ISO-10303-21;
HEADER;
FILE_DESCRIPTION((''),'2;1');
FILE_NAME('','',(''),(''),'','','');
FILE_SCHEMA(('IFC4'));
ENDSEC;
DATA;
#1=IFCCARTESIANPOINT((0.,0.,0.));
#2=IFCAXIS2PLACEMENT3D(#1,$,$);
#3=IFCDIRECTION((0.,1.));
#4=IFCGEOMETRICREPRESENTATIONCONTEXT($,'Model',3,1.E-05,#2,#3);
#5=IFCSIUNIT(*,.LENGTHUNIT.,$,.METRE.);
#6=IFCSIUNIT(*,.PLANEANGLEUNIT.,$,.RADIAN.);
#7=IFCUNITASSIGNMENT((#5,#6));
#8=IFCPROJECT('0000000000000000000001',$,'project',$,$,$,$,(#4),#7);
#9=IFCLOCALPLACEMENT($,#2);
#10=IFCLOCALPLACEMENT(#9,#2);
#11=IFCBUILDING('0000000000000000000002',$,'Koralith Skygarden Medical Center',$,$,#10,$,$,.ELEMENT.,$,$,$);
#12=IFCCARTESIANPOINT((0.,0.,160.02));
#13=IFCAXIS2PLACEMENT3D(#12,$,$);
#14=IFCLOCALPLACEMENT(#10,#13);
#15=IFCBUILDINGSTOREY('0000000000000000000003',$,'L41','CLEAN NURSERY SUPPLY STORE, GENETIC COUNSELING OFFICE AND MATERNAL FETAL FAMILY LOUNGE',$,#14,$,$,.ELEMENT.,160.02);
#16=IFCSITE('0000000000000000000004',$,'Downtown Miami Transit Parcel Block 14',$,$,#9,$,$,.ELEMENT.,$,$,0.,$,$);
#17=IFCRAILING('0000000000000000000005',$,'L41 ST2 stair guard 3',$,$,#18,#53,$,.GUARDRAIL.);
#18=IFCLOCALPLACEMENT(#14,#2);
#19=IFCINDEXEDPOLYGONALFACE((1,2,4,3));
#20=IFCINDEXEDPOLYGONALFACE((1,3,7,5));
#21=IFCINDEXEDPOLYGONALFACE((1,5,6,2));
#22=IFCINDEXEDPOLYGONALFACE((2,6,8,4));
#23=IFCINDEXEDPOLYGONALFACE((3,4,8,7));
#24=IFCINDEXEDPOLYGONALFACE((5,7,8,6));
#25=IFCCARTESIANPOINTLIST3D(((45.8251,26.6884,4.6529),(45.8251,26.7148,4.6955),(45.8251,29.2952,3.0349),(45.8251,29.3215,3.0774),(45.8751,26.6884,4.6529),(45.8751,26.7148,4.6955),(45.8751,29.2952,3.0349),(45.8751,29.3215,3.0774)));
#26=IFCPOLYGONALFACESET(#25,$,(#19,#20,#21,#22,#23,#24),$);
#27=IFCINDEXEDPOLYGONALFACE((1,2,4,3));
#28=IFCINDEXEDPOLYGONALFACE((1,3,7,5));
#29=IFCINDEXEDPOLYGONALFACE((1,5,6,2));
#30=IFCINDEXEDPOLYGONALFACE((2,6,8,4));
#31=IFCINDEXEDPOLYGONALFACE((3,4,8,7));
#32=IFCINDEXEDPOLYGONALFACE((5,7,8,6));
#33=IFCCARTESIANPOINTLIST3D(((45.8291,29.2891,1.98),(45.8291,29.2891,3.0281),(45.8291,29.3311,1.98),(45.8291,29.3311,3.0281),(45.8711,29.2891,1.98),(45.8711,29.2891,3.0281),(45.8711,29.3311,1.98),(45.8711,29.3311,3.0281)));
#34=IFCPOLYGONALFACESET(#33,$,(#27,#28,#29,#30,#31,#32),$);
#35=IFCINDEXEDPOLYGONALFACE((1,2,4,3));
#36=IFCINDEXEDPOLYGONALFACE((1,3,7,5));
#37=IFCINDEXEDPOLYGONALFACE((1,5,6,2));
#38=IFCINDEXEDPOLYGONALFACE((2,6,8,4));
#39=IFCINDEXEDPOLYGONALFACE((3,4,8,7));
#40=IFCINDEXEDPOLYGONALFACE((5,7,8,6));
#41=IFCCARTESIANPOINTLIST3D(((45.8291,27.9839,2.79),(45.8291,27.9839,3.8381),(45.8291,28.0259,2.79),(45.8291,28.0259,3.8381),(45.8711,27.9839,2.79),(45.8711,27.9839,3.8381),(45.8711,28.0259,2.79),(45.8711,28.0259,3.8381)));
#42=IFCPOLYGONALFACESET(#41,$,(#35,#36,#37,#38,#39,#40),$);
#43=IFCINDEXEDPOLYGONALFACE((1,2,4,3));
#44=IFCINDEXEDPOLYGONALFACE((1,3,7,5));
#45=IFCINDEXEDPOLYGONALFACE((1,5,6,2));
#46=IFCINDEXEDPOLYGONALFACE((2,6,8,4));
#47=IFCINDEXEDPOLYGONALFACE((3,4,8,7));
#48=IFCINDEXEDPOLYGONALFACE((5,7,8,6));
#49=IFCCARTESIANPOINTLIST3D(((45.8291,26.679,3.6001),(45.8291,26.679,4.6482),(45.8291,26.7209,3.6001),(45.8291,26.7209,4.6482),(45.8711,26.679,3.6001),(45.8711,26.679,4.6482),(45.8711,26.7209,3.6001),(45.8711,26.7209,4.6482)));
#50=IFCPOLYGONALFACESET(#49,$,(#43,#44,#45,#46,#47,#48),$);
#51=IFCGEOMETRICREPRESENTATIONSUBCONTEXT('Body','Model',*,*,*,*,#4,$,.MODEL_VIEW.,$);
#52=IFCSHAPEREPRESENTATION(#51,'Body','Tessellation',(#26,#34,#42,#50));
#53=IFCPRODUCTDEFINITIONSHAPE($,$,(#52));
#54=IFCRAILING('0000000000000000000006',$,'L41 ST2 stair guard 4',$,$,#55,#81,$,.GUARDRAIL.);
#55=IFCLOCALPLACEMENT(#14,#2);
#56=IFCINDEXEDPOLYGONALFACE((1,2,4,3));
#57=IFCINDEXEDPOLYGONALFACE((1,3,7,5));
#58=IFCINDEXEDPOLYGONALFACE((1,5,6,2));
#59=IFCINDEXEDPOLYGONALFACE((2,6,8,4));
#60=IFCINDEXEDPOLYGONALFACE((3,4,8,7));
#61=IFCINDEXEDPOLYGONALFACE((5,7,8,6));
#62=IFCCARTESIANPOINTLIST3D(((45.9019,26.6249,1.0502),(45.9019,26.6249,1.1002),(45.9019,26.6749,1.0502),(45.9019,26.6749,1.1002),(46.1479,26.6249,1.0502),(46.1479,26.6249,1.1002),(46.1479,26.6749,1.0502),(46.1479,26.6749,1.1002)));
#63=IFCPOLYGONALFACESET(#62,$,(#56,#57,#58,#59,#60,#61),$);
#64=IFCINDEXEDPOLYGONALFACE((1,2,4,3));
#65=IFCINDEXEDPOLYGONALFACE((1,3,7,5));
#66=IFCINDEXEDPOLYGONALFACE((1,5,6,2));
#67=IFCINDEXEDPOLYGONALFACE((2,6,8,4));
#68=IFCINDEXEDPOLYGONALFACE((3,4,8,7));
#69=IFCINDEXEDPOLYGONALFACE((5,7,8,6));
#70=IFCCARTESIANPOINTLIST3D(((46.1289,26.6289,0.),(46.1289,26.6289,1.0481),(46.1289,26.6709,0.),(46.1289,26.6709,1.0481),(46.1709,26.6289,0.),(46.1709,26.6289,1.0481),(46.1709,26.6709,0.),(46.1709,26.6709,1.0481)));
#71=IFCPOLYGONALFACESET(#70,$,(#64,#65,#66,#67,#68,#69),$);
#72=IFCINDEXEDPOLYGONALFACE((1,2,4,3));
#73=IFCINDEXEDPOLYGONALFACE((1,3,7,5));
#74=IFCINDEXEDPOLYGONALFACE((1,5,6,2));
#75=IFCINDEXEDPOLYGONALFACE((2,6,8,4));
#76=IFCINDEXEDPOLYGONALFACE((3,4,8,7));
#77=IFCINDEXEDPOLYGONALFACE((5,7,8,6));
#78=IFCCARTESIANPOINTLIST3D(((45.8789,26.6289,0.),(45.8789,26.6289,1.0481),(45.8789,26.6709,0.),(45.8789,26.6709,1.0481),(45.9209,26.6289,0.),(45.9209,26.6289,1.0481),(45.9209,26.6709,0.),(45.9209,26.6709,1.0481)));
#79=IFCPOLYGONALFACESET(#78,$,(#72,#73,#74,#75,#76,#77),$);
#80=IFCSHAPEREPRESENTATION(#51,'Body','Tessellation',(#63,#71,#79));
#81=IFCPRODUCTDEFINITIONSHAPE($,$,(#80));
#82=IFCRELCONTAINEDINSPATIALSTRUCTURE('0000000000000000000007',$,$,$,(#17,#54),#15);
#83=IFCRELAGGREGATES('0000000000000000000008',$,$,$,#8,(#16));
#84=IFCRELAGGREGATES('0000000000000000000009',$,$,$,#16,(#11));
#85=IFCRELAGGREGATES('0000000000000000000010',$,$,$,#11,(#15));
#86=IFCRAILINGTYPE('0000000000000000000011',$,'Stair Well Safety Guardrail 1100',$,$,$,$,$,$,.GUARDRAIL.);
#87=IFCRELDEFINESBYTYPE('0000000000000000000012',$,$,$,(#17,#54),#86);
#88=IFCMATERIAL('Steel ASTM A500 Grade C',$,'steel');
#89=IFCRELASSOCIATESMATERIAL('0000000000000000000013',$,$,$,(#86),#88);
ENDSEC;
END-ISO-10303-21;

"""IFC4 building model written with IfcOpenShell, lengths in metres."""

from ifc_helpers import new_model, si_unit, direction, frame, origin, origin_2d, place, context, subcontext, project, spatial, rectangle, extrude, material, type_object, element, save


model = new_model("IFC4")

# Units and contexts
model_context = context("Model", 3, precision=1e-05, world=origin(), true_north=direction((0.0, 1.0)))
body_context = subcontext(model_context, "Body", "Model", "MODEL_VIEW")
ifc_project = project(units=[si_unit("LENGTHUNIT", "METRE"), si_unit("PLANEANGLEUNIT", "RADIAN")], contexts=[model_context])

# Site, building, storey
site_placement = place(None, origin())
site = spatial("IfcSite", under=ifc_project, at=site_placement, Name="Downtown Miami Transit Parcel Block 14", CompositionType="ELEMENT", RefElevation=0.0)
building_placement = place(site_placement, origin())
building = spatial("IfcBuilding", under=site, at=building_placement, Name="Koralith Skygarden Medical Center", CompositionType="ELEMENT")
storey_placement = place(building_placement, frame((0.0, 0.0, 160.02)))
storey = spatial("IfcBuildingStorey", under=building, at=storey_placement, Name="L41", Description="CLEAN NURSERY SUPPLY STORE, GENETIC COUNSELING OFFICE AND MATERNAL FETAL FAMILY LOUNGE", CompositionType="ELEMENT", Elevation=160.02)

# Railings
ifc_material_1 = material(Name="Steel ASTM A500 Grade C", Category="steel")
railing_type_1 = type_object("IfcRailingType", Name="Stair Well Safety Guardrail 1100", PredefinedType="GUARDRAIL", material=ifc_material_1)
railing_1_placement = place(storey_placement, frame((45.8501, 29.3101, 1.98)))
element("IfcRailing", 1, at=railing_1_placement, inside=storey, type_object=railing_type_1, Name="L41 ST2 stair guard 3", PredefinedType="GUARDRAIL", context=body_context, shape_type="SweptSolid", body=[
    extrude(rectangle(XDim=0.05, YDim=0.05, at=origin_2d()), frame((0.0, -0.0017, 1.0762), z_axis=(0.0, -0.849633, 0.527375), x_axis=(1.0, 0.0, 0.0)), (0.0, 0.0, 1.0), 3.0681),
    extrude(rectangle(XDim=0.042, YDim=0.042, at=origin_2d()), origin(), (0.0, 0.0, 1.0), 1.0481),
    extrude(rectangle(XDim=0.042, YDim=0.042, at=origin_2d()), frame((0.0, -1.3052, 0.8101)), (0.0, 0.0, 1.0), 1.0481),
    extrude(rectangle(XDim=0.042, YDim=0.042, at=origin_2d()), frame((0.0, -2.6101, 1.6201)), (0.0, 0.0, 1.0), 1.0481),
])
railing_2_placement = place(storey_placement, frame((46.1499, 26.6499, 0.0)))
element("IfcRailing", 2, at=railing_2_placement, inside=storey, type_object=railing_type_1, Name="L41 ST2 stair guard 4", PredefinedType="GUARDRAIL", context=body_context, shape_type="SweptSolid", body=[
    extrude(rectangle(XDim=0.05, YDim=0.05, at=origin_2d()), frame((-0.002, 0.0, 1.0752), z_axis=(-1.0, 0.0, 0.0), x_axis=(0.0, -1.0, 0.0)), (0.0, 0.0, 1.0), 0.2461),
    extrude(rectangle(XDim=0.042, YDim=0.042, at=origin_2d()), origin(), (0.0, 0.0, 1.0), 1.0481),
    extrude(rectangle(XDim=0.042, YDim=0.042, at=origin_2d()), frame((-0.25, 0.0, 0.0)), (0.0, 0.0, 1.0), 1.0481),
])

save(model, "model.ifc")
